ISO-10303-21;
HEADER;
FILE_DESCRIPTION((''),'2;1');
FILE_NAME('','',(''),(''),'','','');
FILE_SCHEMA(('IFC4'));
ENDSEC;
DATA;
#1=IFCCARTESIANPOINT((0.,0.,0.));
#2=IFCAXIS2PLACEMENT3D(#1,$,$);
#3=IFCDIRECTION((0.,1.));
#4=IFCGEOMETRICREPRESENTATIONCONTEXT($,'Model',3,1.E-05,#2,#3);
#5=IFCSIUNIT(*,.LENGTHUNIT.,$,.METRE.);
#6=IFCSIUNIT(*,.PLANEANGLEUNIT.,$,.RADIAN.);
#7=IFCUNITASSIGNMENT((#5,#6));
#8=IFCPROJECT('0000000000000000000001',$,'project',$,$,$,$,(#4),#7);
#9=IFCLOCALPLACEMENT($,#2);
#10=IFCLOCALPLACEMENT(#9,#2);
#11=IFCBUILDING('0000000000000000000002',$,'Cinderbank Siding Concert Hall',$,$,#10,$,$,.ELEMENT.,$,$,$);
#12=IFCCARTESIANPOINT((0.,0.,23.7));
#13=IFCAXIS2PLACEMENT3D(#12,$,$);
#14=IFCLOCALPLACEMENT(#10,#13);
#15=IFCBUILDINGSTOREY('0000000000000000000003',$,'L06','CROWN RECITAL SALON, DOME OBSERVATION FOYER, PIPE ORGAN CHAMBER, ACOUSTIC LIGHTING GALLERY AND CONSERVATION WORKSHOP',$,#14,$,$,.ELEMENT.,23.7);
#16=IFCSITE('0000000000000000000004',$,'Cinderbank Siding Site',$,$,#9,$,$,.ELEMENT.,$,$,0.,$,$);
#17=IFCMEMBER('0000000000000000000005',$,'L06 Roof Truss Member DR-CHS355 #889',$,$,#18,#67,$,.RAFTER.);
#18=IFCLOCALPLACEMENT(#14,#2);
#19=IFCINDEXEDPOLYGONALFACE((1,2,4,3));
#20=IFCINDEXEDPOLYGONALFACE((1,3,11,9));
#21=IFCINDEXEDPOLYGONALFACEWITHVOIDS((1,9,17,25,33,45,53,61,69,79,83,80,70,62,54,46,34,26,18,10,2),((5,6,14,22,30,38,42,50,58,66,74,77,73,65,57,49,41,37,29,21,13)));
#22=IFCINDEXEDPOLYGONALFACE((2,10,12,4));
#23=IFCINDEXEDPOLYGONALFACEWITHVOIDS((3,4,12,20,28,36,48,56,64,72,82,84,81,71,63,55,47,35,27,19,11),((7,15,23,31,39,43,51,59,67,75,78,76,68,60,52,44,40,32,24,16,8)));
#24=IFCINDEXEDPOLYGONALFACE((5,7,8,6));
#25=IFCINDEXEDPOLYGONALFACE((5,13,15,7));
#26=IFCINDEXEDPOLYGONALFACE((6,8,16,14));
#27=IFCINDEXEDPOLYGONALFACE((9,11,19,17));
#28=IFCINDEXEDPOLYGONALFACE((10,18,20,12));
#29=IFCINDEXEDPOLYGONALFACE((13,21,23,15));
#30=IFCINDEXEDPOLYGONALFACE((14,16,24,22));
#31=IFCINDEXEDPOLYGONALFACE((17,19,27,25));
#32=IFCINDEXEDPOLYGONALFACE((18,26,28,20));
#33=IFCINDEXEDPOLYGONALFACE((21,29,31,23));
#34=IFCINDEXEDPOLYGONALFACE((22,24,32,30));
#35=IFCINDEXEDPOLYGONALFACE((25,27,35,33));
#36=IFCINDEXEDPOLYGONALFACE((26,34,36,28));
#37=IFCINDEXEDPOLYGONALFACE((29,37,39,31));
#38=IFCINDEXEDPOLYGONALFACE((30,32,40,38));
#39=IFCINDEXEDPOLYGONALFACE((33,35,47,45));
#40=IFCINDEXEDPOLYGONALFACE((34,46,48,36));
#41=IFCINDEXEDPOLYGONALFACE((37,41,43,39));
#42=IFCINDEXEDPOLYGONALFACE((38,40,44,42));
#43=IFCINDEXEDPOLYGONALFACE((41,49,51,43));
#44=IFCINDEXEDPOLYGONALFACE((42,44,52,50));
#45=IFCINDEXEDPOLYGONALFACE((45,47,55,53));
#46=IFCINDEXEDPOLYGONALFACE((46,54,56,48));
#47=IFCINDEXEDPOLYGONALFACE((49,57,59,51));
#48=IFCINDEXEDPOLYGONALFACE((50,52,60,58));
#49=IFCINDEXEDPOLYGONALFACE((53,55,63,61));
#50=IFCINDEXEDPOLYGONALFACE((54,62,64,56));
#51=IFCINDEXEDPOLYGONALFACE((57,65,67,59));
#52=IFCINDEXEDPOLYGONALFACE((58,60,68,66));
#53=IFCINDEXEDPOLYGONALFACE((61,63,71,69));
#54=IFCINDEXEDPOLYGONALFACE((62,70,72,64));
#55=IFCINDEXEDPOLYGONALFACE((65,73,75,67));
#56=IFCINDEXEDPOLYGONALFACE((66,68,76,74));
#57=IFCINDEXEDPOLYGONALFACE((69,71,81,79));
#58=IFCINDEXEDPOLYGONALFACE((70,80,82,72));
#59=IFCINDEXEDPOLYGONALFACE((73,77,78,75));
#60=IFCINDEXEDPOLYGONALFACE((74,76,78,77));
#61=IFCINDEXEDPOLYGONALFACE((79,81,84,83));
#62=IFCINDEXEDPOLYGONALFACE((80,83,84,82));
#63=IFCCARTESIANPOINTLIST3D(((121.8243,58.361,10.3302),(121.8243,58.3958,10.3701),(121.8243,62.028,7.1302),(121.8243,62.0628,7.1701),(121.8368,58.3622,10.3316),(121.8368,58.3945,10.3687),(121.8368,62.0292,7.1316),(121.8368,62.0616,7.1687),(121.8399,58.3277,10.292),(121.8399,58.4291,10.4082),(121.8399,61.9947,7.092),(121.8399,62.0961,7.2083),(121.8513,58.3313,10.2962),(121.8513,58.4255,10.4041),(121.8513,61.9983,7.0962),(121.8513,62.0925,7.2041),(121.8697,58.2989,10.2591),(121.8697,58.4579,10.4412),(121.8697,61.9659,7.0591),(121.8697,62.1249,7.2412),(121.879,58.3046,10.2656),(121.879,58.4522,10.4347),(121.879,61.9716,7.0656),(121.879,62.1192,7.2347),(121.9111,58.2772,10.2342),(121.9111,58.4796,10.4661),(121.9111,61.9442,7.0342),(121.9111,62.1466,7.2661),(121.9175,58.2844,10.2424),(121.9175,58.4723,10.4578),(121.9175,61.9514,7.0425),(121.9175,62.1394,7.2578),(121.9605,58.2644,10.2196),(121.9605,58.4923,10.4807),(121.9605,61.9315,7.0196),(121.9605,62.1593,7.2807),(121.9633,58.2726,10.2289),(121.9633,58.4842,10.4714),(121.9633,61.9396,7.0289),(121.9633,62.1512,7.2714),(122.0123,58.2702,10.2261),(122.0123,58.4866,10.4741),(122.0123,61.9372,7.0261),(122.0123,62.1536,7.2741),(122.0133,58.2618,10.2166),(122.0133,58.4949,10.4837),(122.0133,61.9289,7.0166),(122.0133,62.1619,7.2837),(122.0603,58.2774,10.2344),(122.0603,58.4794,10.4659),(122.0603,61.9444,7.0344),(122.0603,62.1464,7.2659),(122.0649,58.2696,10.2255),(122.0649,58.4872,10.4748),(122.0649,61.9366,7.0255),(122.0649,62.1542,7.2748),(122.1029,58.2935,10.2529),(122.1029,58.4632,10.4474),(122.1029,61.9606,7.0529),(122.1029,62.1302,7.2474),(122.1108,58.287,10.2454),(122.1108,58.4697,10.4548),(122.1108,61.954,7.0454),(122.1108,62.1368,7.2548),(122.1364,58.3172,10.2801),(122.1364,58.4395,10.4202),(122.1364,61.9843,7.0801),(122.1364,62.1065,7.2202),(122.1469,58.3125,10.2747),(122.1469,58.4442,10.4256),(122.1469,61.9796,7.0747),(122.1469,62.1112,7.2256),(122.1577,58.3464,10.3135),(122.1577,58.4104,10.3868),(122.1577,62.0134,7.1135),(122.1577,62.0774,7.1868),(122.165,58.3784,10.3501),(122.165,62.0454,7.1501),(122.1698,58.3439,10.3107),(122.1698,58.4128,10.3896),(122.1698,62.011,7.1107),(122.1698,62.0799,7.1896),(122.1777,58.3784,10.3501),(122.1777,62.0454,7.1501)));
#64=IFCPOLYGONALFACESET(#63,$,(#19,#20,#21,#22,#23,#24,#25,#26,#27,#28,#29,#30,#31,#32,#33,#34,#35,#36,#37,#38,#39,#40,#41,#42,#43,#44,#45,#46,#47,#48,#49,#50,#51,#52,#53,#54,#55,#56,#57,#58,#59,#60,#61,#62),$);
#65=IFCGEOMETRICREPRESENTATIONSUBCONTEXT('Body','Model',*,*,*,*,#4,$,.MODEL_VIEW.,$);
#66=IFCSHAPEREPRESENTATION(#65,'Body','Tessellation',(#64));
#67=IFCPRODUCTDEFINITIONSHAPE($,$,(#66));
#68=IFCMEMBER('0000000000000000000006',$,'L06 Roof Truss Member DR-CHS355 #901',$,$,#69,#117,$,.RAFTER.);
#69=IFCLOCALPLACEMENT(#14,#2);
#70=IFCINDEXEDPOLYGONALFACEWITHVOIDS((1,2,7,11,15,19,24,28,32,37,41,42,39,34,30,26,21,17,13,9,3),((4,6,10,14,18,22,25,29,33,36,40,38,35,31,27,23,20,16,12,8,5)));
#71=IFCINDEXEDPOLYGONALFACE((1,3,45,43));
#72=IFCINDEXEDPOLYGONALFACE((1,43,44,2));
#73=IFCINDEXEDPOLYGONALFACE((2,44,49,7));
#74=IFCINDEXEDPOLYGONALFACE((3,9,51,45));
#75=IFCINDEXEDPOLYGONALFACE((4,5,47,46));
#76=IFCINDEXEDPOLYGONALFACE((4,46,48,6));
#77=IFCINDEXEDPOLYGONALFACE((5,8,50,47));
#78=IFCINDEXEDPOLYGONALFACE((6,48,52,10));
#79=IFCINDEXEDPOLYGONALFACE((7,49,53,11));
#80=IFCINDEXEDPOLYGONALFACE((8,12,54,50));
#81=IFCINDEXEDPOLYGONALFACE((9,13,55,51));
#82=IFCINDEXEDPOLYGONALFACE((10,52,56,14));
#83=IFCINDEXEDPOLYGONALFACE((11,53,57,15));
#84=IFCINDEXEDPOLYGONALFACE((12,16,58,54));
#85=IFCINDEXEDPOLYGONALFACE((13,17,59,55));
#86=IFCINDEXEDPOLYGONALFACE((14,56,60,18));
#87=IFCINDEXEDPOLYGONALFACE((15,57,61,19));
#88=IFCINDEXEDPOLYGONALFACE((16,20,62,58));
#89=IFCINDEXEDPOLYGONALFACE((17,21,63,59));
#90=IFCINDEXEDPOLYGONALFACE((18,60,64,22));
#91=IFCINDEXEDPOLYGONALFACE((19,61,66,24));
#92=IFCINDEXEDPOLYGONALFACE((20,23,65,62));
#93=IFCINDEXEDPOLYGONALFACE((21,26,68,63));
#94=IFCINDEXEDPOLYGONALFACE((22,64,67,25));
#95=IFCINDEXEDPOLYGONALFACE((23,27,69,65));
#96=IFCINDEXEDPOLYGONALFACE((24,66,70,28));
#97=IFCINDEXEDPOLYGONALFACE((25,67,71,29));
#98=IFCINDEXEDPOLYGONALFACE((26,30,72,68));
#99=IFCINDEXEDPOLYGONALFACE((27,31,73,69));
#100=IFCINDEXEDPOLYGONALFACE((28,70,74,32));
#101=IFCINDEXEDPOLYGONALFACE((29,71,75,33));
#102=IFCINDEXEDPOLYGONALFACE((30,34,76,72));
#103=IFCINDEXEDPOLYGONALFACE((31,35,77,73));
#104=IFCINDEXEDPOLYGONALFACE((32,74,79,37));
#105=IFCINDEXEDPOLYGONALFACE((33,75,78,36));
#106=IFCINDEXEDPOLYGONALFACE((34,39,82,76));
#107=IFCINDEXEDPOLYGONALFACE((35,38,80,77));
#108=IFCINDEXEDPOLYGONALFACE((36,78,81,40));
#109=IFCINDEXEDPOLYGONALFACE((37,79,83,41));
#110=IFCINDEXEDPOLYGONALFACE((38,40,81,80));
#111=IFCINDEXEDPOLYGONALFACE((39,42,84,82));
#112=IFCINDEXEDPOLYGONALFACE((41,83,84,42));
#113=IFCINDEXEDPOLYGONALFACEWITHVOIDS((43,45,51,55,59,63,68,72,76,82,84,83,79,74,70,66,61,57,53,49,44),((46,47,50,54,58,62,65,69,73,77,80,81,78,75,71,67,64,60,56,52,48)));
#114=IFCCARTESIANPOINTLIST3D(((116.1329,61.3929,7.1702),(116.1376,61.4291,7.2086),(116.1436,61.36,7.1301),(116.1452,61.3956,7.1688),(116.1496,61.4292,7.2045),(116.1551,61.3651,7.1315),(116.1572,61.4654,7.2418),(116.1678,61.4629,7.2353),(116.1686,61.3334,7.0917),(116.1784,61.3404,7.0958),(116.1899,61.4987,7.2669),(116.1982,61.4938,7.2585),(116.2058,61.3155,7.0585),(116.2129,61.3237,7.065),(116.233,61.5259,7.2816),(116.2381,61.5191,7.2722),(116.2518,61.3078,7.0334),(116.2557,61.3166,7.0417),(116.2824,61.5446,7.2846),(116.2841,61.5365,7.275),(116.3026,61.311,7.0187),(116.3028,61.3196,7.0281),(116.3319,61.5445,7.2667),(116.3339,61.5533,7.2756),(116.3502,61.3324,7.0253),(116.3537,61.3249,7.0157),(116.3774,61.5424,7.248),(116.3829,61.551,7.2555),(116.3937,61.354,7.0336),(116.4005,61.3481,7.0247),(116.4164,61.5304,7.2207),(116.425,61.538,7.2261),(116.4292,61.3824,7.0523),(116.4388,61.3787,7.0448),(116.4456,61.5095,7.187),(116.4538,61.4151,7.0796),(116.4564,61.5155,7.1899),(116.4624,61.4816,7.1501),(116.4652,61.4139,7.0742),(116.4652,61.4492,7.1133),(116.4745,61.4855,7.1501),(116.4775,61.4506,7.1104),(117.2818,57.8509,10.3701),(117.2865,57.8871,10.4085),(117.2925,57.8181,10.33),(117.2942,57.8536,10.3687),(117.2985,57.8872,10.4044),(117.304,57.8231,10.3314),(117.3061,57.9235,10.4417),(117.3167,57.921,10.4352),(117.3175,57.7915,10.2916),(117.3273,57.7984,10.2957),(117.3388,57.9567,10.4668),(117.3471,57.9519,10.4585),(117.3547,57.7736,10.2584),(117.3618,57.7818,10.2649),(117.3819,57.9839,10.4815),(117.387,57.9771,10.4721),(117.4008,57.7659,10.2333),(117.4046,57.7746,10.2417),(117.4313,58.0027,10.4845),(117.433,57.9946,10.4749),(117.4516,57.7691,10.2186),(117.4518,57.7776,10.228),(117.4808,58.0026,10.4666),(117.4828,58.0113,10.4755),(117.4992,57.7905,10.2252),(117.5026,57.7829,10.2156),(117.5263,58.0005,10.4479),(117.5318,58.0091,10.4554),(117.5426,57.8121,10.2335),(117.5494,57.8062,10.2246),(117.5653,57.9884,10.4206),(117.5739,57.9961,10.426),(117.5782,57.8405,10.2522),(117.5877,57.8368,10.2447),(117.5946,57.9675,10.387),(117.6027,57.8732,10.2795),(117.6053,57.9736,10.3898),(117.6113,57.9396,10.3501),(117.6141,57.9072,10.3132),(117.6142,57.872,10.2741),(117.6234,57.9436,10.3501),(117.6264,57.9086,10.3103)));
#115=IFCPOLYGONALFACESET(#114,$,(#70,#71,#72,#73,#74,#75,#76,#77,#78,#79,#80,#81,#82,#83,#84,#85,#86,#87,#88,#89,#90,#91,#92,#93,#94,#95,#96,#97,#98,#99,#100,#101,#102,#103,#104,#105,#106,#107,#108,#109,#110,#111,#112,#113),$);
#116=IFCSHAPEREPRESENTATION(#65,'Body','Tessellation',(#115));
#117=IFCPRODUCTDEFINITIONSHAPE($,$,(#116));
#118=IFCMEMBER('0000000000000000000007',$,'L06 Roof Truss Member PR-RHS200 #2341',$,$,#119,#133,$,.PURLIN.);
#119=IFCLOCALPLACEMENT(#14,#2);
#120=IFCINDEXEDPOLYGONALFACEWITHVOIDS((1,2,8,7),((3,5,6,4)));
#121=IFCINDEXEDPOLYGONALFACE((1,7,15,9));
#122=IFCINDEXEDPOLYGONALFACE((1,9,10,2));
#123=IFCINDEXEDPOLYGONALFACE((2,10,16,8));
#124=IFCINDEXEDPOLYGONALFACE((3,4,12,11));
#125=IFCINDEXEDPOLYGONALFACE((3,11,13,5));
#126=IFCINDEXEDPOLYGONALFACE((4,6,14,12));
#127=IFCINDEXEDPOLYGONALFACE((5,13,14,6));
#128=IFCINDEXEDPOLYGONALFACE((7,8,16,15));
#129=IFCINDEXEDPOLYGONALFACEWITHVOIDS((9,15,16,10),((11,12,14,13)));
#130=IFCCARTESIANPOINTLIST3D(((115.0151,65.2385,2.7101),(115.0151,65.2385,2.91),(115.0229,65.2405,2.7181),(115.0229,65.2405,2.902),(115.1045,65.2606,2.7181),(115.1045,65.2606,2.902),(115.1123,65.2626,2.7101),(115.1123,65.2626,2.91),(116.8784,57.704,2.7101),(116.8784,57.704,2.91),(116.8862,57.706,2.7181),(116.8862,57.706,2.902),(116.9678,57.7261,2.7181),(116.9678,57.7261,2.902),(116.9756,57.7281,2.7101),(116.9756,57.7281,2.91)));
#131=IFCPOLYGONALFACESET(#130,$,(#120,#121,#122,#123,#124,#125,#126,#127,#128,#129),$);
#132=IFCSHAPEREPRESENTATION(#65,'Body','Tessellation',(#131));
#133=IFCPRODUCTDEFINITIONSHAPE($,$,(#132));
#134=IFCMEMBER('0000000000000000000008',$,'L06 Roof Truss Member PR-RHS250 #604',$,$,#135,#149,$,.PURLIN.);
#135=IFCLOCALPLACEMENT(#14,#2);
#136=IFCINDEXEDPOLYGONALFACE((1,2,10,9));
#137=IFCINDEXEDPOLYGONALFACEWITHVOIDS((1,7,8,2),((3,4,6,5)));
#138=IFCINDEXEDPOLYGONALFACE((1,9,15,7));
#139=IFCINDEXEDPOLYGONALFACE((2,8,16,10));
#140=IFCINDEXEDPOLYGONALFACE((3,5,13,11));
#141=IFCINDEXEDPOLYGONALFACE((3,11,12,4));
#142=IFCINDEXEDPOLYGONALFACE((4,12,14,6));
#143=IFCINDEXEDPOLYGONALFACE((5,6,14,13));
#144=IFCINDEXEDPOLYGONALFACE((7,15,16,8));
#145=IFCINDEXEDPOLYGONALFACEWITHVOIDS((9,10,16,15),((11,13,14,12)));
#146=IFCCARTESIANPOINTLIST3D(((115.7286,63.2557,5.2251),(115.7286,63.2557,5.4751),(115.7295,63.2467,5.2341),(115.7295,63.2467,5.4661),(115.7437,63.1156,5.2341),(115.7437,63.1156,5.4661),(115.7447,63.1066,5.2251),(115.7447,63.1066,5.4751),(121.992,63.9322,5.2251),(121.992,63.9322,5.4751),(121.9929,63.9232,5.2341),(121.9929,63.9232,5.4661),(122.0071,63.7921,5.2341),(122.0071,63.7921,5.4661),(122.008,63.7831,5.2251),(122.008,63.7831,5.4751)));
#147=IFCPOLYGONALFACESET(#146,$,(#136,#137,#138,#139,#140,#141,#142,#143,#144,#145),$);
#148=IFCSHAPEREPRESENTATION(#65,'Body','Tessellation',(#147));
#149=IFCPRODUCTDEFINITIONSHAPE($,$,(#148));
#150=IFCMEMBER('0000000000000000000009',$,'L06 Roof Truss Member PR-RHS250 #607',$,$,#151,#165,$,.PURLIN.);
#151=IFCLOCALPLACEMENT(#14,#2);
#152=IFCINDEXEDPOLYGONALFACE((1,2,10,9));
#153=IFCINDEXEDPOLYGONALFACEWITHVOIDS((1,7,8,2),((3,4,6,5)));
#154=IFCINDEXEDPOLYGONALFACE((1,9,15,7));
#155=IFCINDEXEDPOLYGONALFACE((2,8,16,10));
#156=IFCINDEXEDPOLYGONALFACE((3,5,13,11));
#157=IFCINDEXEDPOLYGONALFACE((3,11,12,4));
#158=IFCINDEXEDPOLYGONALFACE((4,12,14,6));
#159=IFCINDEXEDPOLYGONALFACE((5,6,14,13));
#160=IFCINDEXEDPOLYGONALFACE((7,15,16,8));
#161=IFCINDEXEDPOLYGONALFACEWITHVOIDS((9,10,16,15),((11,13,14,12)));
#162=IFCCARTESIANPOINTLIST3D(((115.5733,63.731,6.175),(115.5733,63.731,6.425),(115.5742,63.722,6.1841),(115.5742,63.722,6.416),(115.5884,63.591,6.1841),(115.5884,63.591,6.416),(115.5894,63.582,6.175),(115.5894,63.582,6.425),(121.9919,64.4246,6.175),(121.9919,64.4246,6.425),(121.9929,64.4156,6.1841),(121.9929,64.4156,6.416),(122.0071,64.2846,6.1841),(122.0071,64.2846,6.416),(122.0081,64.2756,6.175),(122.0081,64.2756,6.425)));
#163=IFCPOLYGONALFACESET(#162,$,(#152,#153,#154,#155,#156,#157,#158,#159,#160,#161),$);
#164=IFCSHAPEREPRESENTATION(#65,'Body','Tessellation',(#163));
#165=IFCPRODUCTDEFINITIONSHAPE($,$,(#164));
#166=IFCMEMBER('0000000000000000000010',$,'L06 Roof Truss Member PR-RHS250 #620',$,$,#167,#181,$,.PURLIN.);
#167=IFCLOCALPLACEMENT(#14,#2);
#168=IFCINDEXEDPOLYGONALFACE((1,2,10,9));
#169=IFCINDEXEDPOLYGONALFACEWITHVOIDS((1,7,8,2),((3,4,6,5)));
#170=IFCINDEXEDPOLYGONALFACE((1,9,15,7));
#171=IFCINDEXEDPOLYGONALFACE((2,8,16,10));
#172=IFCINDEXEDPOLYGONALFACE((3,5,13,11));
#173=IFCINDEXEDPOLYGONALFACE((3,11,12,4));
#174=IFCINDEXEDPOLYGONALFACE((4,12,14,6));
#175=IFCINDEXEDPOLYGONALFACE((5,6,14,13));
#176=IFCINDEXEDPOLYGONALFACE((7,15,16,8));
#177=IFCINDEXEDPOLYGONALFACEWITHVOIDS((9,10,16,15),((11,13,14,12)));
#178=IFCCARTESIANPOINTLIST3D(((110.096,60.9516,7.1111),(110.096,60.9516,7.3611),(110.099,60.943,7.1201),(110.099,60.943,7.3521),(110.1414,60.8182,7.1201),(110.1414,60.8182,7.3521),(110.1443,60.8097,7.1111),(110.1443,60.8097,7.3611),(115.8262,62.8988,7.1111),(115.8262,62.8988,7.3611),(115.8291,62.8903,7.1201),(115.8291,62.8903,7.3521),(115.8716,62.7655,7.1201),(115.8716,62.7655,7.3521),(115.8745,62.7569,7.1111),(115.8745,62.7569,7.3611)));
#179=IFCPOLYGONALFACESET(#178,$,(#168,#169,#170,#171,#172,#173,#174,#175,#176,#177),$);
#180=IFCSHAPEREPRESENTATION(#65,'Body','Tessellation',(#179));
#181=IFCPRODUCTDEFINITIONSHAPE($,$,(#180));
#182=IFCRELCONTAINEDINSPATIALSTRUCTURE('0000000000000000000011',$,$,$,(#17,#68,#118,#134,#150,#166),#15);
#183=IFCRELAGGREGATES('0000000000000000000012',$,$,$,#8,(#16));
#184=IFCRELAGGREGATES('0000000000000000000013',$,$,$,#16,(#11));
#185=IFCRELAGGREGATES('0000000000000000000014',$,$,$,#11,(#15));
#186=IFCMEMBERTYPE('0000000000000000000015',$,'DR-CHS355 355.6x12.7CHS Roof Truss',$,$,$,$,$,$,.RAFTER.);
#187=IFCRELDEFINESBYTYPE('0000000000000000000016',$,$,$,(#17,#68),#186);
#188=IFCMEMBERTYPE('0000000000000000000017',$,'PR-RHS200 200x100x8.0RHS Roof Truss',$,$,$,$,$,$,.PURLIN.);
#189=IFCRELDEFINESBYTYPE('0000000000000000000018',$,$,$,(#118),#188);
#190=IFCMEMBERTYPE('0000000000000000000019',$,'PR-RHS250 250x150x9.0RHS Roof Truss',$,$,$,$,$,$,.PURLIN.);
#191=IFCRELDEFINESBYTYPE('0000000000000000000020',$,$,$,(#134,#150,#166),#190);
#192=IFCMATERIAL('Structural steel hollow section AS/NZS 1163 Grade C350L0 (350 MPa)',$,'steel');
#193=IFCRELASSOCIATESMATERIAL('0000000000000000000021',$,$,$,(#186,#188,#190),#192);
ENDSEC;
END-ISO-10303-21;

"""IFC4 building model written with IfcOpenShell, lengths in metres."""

from ifc_helpers import new_model, si_unit, direction, frame, origin, origin_2d, place, context, subcontext, project, spatial, hollow_rectangle, hollow_circle, extrude, material, material_profile, profile_set, type_object, element, save


model = new_model("IFC4")

# Units and contexts
model_context = context("Model", 3, precision=1e-05, world=origin(), true_north=direction((0.0, 1.0)))
body_context = subcontext(model_context, "Body", "Model", "MODEL_VIEW")
ifc_project = project(units=[si_unit("LENGTHUNIT", "METRE"), si_unit("PLANEANGLEUNIT", "RADIAN")], contexts=[model_context])

# Site, building, storey
site_placement = place(None, origin())
site = spatial("IfcSite", under=ifc_project, at=site_placement, Name="Cinderbank Siding Site", CompositionType="ELEMENT", RefElevation=0.0)
building_placement = place(site_placement, origin())
building = spatial("IfcBuilding", under=site, at=building_placement, Name="Cinderbank Siding Concert Hall", CompositionType="ELEMENT")
storey_placement = place(building_placement, frame((0.0, 0.0, 23.7)))
storey = spatial("IfcBuildingStorey", under=building, at=storey_placement, Name="L06", Description="CROWN RECITAL SALON, DOME OBSERVATION FOYER, PIPE ORGAN CHAMBER, ACOUSTIC LIGHTING GALLERY AND CONSERVATION WORKSHOP", CompositionType="ELEMENT", Elevation=23.7)

# Members
ifc_material_1 = material(Name="Structural steel hollow section AS/NZS 1163 Grade C350L0 (350 MPa)", Category="steel")
ifc_material_profile_1 = material_profile(ifc_material_1, hollow_circle(Radius=0.1777, WallThickness=0.0127, at=origin_2d()), Name="355.6x12.7CHS", Category="LoadBearing")
ifc_profile_set_1 = profile_set([ifc_material_profile_1], Name="Structural steel hollow section AS/NZS 1163 Grade C350L0 (350 MPa)")
member_type_1 = type_object("IfcMemberType", Name="DR-CHS355 355.6x12.7CHS Roof Truss", PredefinedType="RAFTER", material=ifc_profile_set_1)
member_1_placement = place(storey_placement, frame((122.0, 62.0454, 7.1501), z_axis=(0.0, -0.753459, 0.657495), x_axis=(1.0, 0.0, 0.0)))
element("IfcMember", 1, at=member_1_placement, inside=storey, type_object=member_type_1, Name="L06 Roof Truss Member DR-CHS355 #889", PredefinedType="RAFTER", context=body_context, shape_type="SweptSolid", body=[
    extrude(hollow_circle(Radius=0.1777, WallThickness=0.0127, at=origin_2d()), origin(), (0.0, 0.0, 1.0), 4.8669),
])
member_2_placement = place(storey_placement, frame((116.3054, 61.4307, 7.1501), z_axis=(0.23401, -0.721423, 0.651757), x_axis=(0.951209, 0.308546, 0.0)))
element("IfcMember", 2, at=member_2_placement, inside=storey, type_object=member_type_1, Name="L06 Roof Truss Member DR-CHS355 #901", PredefinedType="RAFTER", context=body_context, shape_type="SweptSolid", body=[
    extrude(hollow_circle(Radius=0.1777, WallThickness=0.0127, at=origin_2d()), origin(), (0.0, 0.0, 1.0), 4.9097),
])
ifc_material_profile_2 = material_profile(ifc_material_1, hollow_rectangle(XDim=0.1001, YDim=0.2, WallThickness=0.0081, at=origin_2d()), Name="200x100x8.0RHS", Category="LoadBearing")
ifc_profile_set_2 = profile_set([ifc_material_profile_2], Name="Structural steel hollow section AS/NZS 1163 Grade C350L0 (350 MPa)")
member_type_2 = type_object("IfcMemberType", Name="PR-RHS200 200x100x8.0RHS Roof Truss", PredefinedType="PURLIN", material=ifc_profile_set_2)
member_3_placement = place(storey_placement, frame((116.927, 57.7161, 2.8101), z_axis=(-0.24007, 0.970756, 0.0), x_axis=(-0.970756, -0.24007, 0.0)))
element("IfcMember", 3, at=member_3_placement, inside=storey, type_object=member_type_2, Name="L06 Roof Truss Member PR-RHS200 #2341", PredefinedType="PURLIN", context=body_context, shape_type="SweptSolid", body=[
    extrude(hollow_rectangle(XDim=0.1001, YDim=0.2, WallThickness=0.0081, at=origin_2d()), origin(), (0.0, 0.0, 1.0), 7.7615),
])
ifc_material_profile_3 = material_profile(ifc_material_1, hollow_rectangle(XDim=0.1499, YDim=0.25, WallThickness=0.009, at=origin_2d()), Name="250x150x9.0RHS", Category="LoadBearing")
ifc_profile_set_3 = profile_set([ifc_material_profile_3], Name="Structural steel hollow section AS/NZS 1163 Grade C350L0 (350 MPa)")
member_type_3 = type_object("IfcMemberType", Name="PR-RHS250 250x150x9.0RHS Roof Truss", PredefinedType="PURLIN", material=ifc_profile_set_3)
member_4_placement = place(storey_placement, frame((122.0, 63.8577, 5.3501), z_axis=(-0.994217, -0.107386, 0.0), x_axis=(0.107386, -0.994217, 0.0)))
element("IfcMember", 4, at=member_4_placement, inside=storey, type_object=member_type_3, Name="L06 Roof Truss Member PR-RHS250 #604", PredefinedType="PURLIN", context=body_context, shape_type="SweptSolid", body=[
    extrude(hollow_rectangle(XDim=0.1499, YDim=0.25, WallThickness=0.009, at=origin_2d()), origin(), (0.0, 0.0, 1.0), 6.2998),
])
member_5_placement = place(storey_placement, frame((122.0, 64.3501, 6.3), z_axis=(-0.994212, -0.107434, 0.0), x_axis=(0.107434, -0.994212, 0.0)))
element("IfcMember", 5, at=member_5_placement, inside=storey, type_object=member_type_3, Name="L06 Roof Truss Member PR-RHS250 #607", PredefinedType="PURLIN", context=body_context, shape_type="SweptSolid", body=[
    extrude(hollow_rectangle(XDim=0.1499, YDim=0.25, WallThickness=0.009, at=origin_2d()), origin(), (0.0, 0.0, 1.0), 6.4561),
])
member_6_placement = place(storey_placement, frame((115.8503, 62.8279, 7.2361), z_axis=(-0.946824, -0.321753, 0.0), x_axis=(0.321753, -0.946824, 0.0)))
element("IfcMember", 6, at=member_6_placement, inside=storey, type_object=member_type_3, Name="L06 Roof Truss Member PR-RHS250 #620", PredefinedType="PURLIN", context=body_context, shape_type="SweptSolid", body=[
    extrude(hollow_rectangle(XDim=0.1499, YDim=0.25, WallThickness=0.009, at=origin_2d()), origin(), (0.0, 0.0, 1.0), 6.052),
])

save(model, "model.ifc")
